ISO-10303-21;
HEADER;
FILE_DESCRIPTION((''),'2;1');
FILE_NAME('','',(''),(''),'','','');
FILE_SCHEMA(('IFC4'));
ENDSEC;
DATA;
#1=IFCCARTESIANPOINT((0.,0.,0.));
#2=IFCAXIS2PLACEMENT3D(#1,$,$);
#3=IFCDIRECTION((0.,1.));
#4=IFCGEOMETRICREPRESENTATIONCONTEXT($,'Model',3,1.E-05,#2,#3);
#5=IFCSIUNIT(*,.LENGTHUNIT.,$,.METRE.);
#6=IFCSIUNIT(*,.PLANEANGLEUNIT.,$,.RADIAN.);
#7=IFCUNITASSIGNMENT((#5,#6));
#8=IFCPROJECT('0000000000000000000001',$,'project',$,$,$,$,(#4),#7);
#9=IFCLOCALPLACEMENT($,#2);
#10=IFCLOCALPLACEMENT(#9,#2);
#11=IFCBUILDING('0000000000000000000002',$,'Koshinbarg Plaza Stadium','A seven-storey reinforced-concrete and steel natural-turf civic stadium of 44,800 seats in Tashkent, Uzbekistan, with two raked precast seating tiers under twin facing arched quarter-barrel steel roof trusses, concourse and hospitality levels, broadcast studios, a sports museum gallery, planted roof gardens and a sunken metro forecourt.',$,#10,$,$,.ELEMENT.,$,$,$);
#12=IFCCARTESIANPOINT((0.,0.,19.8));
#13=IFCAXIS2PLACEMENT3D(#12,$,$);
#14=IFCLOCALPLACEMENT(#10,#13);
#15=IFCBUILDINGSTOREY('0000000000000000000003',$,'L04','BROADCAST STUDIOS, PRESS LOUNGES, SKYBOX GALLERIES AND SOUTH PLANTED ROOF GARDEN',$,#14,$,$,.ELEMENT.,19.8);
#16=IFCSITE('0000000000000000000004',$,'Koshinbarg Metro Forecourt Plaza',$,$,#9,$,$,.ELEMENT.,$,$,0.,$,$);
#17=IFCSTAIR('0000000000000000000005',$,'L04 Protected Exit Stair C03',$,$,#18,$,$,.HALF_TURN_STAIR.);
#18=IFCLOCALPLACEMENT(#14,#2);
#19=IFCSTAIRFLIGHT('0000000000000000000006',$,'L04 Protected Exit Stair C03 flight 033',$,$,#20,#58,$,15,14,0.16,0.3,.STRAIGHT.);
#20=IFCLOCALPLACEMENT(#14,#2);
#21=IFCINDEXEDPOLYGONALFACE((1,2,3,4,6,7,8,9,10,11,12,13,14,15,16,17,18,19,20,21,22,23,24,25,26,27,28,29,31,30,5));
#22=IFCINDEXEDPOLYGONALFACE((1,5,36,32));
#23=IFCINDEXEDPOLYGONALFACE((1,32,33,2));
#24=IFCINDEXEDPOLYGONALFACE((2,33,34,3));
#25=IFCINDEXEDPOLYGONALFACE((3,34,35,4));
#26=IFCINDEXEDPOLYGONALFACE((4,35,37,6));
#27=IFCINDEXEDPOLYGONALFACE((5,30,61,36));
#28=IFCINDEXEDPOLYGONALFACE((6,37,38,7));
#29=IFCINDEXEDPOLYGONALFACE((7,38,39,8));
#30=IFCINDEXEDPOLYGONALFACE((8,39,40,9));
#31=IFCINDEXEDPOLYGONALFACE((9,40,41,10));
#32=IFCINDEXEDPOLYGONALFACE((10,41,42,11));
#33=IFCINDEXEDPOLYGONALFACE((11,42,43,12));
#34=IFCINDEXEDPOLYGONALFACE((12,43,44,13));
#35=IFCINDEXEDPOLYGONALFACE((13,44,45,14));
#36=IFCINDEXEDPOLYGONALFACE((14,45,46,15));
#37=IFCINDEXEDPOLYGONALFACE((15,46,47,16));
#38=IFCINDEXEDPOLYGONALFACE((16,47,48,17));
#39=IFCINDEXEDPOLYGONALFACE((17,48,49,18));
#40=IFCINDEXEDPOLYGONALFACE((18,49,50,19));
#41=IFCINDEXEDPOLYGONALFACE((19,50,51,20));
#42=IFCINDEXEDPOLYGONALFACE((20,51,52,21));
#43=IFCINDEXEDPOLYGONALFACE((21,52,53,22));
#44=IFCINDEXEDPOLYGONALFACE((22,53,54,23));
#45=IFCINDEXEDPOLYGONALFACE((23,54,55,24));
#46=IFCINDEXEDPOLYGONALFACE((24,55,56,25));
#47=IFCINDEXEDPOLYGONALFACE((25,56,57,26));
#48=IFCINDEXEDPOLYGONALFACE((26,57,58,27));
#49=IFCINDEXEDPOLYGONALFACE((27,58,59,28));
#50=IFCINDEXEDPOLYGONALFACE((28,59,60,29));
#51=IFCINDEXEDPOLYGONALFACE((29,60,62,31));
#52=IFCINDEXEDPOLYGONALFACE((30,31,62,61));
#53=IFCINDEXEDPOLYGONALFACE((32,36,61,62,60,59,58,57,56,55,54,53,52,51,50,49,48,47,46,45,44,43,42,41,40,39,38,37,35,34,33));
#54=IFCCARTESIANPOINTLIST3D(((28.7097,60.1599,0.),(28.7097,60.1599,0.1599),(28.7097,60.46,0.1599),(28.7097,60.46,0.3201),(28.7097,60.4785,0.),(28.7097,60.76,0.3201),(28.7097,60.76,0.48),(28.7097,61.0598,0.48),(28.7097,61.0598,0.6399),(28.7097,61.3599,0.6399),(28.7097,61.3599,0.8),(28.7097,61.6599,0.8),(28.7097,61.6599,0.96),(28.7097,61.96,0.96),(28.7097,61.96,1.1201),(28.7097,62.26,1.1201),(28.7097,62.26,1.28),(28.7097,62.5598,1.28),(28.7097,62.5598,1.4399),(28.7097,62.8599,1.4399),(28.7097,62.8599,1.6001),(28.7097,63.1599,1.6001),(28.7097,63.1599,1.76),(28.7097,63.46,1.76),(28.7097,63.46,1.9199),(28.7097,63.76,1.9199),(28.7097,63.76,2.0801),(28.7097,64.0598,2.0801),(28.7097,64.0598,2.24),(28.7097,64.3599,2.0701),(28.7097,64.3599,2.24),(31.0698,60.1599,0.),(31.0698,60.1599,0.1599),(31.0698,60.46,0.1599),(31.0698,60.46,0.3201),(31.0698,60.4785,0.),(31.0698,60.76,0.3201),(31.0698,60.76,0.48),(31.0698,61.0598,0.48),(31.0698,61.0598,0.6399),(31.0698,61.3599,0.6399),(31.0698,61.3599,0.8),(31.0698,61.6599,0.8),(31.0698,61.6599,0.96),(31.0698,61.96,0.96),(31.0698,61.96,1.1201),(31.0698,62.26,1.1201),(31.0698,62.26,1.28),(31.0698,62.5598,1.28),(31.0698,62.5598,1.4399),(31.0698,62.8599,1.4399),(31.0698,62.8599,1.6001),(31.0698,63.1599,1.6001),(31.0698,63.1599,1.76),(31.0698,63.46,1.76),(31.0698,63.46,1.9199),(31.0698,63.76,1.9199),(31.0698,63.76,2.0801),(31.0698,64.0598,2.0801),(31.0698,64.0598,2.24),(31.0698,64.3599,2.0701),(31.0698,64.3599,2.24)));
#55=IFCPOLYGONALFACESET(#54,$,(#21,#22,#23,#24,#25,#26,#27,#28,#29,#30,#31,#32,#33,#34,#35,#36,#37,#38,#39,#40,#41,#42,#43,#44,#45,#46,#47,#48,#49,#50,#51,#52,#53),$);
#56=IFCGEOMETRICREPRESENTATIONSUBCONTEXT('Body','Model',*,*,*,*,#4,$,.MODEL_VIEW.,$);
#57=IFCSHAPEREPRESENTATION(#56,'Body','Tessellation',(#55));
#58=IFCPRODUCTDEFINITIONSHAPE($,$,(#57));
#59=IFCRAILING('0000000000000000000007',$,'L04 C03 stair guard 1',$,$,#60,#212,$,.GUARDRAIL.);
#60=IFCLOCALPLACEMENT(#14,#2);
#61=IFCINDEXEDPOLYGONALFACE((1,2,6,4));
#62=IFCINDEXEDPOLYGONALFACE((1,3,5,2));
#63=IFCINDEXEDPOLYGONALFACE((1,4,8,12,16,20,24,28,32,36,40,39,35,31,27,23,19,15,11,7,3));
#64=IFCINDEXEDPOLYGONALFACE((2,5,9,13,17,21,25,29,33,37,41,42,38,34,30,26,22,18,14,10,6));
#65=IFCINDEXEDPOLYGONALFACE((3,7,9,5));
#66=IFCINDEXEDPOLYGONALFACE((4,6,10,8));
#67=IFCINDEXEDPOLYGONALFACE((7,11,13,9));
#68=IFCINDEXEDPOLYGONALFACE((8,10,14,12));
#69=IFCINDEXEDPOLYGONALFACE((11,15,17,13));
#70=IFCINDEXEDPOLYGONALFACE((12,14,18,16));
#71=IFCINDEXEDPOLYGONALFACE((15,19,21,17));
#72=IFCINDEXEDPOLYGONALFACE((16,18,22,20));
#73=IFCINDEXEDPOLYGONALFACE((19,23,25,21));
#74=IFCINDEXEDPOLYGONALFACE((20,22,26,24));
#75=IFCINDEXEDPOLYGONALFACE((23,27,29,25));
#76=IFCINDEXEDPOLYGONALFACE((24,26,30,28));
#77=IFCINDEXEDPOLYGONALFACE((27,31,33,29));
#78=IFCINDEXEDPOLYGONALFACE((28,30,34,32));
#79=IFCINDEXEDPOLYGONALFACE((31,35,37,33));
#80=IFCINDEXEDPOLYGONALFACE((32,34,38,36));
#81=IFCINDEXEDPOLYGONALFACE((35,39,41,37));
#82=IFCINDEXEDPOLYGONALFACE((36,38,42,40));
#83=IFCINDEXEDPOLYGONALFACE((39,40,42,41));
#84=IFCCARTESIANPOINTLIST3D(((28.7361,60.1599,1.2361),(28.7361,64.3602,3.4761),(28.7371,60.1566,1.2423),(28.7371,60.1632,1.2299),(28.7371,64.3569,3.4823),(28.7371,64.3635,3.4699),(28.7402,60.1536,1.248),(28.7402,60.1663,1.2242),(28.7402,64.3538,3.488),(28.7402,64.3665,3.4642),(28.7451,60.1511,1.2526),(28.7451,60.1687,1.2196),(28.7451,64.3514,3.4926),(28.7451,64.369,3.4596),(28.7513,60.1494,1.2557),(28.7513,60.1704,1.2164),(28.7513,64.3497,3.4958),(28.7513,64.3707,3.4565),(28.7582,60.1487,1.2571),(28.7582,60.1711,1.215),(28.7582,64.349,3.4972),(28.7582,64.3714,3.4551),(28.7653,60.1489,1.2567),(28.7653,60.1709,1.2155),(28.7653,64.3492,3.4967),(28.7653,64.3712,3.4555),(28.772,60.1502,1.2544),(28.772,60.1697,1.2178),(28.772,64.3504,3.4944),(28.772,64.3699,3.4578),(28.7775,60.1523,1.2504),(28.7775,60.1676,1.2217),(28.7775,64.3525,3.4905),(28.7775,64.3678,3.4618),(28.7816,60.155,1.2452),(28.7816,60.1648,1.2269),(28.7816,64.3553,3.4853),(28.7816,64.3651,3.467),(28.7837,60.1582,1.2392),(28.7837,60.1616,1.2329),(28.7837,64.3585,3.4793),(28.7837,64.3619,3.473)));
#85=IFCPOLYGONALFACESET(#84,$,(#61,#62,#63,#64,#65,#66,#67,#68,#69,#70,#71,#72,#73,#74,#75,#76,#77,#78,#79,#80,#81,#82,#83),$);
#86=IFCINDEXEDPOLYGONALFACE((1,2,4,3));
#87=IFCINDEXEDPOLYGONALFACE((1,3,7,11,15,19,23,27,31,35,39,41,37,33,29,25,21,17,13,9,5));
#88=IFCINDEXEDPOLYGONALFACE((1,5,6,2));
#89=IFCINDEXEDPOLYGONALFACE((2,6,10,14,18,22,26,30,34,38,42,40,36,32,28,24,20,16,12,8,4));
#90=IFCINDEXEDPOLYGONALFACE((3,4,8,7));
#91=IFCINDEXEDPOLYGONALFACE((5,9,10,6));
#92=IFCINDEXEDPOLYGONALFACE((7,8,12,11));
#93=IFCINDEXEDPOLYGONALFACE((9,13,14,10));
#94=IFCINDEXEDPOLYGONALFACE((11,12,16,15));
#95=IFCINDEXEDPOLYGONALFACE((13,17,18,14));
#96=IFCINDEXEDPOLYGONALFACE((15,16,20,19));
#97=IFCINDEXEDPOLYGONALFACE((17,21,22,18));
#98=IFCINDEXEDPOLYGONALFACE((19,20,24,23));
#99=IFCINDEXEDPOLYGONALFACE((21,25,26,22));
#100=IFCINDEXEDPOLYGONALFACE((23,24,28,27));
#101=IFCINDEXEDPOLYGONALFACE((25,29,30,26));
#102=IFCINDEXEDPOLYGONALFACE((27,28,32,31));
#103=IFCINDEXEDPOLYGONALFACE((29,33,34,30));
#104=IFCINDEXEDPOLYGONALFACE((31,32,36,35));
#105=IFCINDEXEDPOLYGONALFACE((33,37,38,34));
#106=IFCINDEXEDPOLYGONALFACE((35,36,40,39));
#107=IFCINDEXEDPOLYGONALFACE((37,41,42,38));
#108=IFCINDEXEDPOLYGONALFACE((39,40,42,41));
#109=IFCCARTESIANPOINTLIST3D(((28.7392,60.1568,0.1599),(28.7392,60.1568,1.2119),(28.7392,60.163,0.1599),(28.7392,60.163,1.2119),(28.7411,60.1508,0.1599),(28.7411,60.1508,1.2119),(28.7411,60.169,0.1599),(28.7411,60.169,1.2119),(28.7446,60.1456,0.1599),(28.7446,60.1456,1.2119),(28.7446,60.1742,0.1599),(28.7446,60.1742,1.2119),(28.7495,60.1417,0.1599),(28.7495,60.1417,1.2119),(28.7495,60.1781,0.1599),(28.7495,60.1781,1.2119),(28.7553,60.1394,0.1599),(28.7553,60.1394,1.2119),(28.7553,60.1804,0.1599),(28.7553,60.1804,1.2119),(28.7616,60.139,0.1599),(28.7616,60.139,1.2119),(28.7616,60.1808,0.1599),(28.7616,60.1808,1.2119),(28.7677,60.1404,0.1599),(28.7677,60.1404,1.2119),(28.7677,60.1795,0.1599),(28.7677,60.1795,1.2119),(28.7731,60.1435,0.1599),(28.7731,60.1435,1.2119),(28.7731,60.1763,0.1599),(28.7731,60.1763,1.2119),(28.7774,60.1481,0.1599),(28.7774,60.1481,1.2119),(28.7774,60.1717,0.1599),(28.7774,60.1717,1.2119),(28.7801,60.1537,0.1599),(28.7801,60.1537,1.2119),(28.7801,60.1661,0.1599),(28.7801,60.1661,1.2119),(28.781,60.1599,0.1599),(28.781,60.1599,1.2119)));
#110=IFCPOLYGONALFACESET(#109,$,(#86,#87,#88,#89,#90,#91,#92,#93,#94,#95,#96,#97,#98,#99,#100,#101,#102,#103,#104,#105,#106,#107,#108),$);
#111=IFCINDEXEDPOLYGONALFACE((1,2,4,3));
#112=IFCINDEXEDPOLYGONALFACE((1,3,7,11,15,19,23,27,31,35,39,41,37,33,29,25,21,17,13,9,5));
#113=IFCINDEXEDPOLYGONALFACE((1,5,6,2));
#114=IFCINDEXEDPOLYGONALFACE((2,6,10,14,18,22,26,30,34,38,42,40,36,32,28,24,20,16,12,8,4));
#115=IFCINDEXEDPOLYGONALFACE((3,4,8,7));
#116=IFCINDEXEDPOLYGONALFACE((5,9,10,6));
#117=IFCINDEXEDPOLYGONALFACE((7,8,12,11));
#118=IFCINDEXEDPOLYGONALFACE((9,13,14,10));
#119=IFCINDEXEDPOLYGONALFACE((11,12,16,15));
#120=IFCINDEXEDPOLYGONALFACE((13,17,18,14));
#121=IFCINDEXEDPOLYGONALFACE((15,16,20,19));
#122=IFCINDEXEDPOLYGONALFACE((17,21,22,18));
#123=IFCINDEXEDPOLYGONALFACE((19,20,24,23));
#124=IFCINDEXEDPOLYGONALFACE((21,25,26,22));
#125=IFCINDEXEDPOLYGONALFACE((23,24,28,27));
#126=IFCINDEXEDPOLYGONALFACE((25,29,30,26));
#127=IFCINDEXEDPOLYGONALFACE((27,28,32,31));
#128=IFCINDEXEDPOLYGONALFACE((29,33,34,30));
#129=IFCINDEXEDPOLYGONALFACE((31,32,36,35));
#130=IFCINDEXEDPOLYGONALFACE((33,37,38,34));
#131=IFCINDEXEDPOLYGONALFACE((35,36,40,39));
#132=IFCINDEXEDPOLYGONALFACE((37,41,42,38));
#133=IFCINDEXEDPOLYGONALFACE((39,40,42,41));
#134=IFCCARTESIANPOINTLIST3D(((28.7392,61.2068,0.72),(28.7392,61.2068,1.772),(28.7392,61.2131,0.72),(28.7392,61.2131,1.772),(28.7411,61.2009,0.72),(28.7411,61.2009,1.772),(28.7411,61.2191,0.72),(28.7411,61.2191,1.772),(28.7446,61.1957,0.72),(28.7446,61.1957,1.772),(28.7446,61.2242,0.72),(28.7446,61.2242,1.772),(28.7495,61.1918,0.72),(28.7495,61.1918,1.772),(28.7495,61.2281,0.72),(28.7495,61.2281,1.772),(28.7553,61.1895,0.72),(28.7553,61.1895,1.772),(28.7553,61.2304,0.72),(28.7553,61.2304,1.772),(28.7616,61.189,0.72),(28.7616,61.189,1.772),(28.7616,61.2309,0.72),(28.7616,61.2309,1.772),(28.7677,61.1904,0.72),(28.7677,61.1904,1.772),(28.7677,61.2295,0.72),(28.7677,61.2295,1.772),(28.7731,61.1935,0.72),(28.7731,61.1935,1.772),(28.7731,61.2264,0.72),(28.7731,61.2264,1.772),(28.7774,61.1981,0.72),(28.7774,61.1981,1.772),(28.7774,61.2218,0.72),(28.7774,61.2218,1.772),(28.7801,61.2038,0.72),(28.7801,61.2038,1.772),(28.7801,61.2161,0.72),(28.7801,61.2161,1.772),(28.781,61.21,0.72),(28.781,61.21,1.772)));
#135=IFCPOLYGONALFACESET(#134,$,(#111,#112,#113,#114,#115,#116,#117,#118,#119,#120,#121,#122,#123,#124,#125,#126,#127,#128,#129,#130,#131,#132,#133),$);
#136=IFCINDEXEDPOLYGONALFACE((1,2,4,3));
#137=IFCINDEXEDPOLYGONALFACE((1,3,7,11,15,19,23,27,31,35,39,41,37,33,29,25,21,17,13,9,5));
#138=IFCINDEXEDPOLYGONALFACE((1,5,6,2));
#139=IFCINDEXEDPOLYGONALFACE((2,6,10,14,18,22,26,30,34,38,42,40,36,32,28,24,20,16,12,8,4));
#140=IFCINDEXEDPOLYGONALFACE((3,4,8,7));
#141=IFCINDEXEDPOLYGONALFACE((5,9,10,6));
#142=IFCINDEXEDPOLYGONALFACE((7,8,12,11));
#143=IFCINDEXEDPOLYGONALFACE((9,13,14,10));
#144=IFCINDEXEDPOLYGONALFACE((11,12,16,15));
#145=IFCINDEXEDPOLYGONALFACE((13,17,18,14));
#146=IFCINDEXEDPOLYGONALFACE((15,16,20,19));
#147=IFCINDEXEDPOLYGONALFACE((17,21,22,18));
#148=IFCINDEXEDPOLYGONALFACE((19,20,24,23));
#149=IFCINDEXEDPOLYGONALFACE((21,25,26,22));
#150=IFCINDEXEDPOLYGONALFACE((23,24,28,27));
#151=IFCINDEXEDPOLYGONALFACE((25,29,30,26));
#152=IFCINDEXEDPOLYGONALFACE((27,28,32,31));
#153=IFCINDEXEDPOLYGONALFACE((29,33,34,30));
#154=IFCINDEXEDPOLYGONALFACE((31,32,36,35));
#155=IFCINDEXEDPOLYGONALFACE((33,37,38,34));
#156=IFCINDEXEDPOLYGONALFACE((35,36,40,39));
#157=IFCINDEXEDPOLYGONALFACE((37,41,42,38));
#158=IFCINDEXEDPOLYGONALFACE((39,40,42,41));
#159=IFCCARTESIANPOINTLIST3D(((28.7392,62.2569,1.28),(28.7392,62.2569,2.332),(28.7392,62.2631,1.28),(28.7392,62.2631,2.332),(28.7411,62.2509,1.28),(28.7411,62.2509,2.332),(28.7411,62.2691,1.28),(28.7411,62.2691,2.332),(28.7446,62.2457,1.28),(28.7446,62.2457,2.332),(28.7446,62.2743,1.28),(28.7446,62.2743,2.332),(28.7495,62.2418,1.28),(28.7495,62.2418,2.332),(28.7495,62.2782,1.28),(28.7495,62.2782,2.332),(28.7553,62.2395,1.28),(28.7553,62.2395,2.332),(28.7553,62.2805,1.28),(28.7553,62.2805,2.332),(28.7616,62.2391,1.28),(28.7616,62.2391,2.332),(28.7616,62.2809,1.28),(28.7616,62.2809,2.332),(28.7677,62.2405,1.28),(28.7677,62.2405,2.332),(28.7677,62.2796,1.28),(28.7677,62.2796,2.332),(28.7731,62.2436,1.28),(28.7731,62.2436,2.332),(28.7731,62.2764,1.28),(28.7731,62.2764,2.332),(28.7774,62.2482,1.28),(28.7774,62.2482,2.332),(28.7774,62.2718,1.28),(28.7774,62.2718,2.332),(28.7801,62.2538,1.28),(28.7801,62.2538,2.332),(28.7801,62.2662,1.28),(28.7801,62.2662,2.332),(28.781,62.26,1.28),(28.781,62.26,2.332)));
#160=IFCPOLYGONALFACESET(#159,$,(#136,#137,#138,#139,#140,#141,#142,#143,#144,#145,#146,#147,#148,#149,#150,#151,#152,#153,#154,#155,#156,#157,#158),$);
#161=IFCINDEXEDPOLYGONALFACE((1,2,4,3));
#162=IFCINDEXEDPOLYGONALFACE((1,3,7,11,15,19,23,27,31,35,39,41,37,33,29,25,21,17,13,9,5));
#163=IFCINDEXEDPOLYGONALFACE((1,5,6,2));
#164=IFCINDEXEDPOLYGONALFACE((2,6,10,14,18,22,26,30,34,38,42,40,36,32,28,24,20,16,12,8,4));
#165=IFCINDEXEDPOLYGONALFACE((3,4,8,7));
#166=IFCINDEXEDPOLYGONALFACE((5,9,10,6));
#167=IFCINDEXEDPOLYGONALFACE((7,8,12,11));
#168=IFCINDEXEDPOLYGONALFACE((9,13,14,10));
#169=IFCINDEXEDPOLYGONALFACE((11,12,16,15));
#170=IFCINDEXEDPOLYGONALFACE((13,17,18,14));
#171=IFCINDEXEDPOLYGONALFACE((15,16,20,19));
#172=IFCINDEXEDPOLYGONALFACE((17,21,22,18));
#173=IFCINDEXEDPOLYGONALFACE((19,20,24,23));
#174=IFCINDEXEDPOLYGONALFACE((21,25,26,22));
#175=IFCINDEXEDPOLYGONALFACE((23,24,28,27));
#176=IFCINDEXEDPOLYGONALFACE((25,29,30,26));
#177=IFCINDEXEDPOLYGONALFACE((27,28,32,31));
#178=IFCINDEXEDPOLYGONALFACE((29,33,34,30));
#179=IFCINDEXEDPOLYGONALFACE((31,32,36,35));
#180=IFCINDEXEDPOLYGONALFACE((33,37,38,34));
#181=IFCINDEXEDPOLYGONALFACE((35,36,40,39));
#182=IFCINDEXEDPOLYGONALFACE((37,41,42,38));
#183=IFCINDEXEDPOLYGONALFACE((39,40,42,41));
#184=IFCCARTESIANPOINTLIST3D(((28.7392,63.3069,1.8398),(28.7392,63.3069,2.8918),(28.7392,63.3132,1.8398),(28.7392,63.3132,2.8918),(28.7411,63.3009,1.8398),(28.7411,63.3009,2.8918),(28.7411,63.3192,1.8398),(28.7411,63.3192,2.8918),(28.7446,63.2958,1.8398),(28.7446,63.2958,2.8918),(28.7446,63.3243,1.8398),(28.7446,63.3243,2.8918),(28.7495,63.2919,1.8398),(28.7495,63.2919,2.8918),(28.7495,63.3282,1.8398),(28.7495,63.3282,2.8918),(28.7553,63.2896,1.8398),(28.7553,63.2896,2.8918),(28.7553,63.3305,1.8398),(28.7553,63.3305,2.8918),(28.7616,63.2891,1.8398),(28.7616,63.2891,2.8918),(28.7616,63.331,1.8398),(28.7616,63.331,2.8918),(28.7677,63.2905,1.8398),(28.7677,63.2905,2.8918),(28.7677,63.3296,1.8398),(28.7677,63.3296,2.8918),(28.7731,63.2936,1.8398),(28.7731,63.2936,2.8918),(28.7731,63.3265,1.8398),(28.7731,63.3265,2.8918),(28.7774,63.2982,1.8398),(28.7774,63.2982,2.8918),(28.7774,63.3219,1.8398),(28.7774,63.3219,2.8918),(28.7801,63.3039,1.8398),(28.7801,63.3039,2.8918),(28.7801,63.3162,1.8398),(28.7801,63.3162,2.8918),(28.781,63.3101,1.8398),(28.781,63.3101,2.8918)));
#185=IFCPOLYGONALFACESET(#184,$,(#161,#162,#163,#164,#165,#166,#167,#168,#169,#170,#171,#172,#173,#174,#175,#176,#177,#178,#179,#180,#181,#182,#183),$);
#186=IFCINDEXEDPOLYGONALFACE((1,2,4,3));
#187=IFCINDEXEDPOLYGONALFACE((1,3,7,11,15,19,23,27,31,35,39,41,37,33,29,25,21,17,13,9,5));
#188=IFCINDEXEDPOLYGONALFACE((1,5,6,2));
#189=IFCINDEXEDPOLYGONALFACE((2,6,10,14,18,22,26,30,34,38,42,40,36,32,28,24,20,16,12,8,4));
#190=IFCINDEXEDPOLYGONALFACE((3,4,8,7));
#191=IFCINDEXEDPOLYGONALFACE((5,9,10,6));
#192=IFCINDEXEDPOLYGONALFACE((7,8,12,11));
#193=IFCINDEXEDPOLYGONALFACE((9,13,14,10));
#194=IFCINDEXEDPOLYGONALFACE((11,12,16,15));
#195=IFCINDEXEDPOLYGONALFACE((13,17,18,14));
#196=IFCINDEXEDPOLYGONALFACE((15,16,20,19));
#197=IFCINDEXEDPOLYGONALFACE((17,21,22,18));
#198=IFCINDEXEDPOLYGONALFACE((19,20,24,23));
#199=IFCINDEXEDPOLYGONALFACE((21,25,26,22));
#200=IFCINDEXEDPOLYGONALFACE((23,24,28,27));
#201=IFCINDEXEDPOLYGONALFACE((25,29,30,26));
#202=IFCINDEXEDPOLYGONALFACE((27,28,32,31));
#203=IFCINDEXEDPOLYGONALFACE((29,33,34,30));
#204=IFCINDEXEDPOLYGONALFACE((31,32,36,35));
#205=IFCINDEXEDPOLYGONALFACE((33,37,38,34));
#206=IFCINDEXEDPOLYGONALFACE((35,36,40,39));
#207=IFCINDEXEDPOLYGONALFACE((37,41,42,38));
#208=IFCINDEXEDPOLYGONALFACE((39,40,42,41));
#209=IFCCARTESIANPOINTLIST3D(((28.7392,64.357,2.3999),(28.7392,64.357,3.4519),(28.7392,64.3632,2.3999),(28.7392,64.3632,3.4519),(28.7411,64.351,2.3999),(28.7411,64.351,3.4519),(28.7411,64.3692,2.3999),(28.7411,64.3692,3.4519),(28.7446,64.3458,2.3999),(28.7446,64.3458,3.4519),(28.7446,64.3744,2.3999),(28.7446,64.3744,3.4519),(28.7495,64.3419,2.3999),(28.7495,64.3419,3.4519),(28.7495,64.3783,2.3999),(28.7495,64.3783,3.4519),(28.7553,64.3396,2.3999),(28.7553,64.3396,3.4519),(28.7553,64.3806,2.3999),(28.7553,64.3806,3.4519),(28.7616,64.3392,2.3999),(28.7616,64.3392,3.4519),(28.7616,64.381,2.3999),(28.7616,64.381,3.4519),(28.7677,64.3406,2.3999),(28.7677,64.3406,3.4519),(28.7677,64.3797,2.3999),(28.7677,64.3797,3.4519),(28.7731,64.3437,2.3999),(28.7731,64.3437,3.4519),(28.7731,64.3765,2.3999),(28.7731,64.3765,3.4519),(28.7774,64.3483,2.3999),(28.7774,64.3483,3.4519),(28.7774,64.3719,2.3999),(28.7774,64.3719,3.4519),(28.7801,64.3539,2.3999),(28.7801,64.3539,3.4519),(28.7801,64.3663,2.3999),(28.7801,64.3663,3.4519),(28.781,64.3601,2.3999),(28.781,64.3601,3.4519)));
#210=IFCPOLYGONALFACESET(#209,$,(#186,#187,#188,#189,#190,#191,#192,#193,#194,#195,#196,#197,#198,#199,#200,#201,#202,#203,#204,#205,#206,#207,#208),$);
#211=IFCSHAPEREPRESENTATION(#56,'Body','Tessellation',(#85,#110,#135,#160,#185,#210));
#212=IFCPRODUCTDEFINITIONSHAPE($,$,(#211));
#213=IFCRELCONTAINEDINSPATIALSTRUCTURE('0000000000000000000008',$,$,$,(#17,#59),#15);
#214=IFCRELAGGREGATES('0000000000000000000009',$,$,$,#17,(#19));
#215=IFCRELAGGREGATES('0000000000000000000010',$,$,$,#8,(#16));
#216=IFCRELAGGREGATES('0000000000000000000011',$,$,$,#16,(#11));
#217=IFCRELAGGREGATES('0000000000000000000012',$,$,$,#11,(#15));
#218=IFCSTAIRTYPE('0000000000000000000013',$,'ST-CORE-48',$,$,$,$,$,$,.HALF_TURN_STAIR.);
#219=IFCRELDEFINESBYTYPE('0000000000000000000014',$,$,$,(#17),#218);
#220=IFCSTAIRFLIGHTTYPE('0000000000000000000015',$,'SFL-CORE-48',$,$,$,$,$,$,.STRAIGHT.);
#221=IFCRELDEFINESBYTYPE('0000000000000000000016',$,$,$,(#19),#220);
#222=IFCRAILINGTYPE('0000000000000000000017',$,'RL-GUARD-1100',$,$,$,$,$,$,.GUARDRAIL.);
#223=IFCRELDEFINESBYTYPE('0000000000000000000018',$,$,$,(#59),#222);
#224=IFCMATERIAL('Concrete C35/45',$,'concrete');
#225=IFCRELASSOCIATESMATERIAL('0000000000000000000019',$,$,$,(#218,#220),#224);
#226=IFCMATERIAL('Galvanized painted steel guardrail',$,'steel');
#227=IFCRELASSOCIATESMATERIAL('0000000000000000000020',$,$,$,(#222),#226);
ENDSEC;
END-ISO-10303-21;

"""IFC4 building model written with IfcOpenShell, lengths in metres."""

from ifc_helpers import new_model, si_unit, direction, frame, origin, origin_2d, place, context, subcontext, project, spatial, polyline, circle, outline, extrude, material, type_object, element, aggregate, save


model = new_model("IFC4")

# Units and contexts
model_context = context("Model", 3, precision=1e-05, world=origin(), true_north=direction((0.0, 1.0)))
body_context = subcontext(model_context, "Body", "Model", "MODEL_VIEW")
ifc_project = project(units=[si_unit("LENGTHUNIT", "METRE"), si_unit("PLANEANGLEUNIT", "RADIAN")], contexts=[model_context])

# Site, building, storey
site_placement = place(None, origin())
site = spatial("IfcSite", under=ifc_project, at=site_placement, Name="Koshinbarg Metro Forecourt Plaza", CompositionType="ELEMENT", RefElevation=0.0)
building_placement = place(site_placement, origin())
building = spatial("IfcBuilding", under=site, at=building_placement, Name="Koshinbarg Plaza Stadium", Description="A seven-storey reinforced-concrete and steel natural-turf civic stadium of 44,800 seats in Tashkent, Uzbekistan, with two raked precast seating tiers under twin facing arched quarter-barrel steel roof trusses, concourse and hospitality levels, broadcast studios, a sports museum gallery, planted roof gardens and a sunken metro forecourt.", CompositionType="ELEMENT")
storey_placement = place(building_placement, frame((0.0, 0.0, 19.8)))
storey = spatial("IfcBuildingStorey", under=building, at=storey_placement, Name="L04", Description="BROADCAST STUDIOS, PRESS LOUNGES, SKYBOX GALLERIES AND SOUTH PLANTED ROOF GARDEN", CompositionType="ELEMENT", Elevation=19.8)

# Stair, stair flight
ifc_material_1 = material(Name="Concrete C35/45", Category="concrete")
stair_type = type_object("IfcStairType", Name="ST-CORE-48", PredefinedType="HALF_TURN_STAIR", material=ifc_material_1)
stair_placement = place(storey_placement, origin())
stair = element("IfcStair", 1, at=stair_placement, inside=storey, type_object=stair_type, Name="L04 Protected Exit Stair C03", PredefinedType="HALF_TURN_STAIR")
stair_flight_type = type_object("IfcStairFlightType", Name="SFL-CORE-48", PredefinedType="STRAIGHT", material=ifc_material_1)
stair_flight_placement = place(storey_placement, frame((29.8899, 60.1599, 0.0), z_axis=(0.0, 0.0, 1.0), x_axis=(0.0, 1.0, 0.0)))
stair_flight = element("IfcStairFlight", 2, at=stair_flight_placement, type_object=stair_flight_type, Name="L04 Protected Exit Stair C03 flight 033", NumberOfRisers=15, NumberOfTreads=14, PredefinedType="STRAIGHT", RiserHeight=0.16, TreadLength=0.3, context=body_context, shape_type="SweptSolid", body=[
    extrude(outline(polyline([(0.0, 0.0), (0.0, 0.1599), (0.3, 0.1599), (0.3, 0.3201), (0.6001, 0.3201), (0.6001, 0.48), (0.8999, 0.48), (0.8999, 0.6399), (1.2, 0.6399), (1.2, 0.8), (1.5, 0.8), (1.5, 0.96), (1.8, 0.96), (1.8, 1.1201), (2.1001, 1.1201), (2.1001, 1.28), (2.3999, 1.28), (2.3999, 1.4399), (2.7, 1.4399), (2.7, 1.6001), (3.0, 1.6001), (3.0, 1.76), (3.3, 1.76), (3.3, 1.9199), (3.6001, 1.9199), (3.6001, 2.0801), (3.8999, 2.0801), (3.8999, 2.24), (4.2, 2.24), (4.2, 2.3999), (4.2, 2.0701), (0.3186, 0.0), (0.0, 0.0)])), frame((0.0, 1.1802, 0.0), z_axis=(0.0, -1.0, 0.0), x_axis=(1.0, 0.0, 0.0)), (0.0, 0.0, 1.0), 2.3601),
])
aggregate(stair, [stair_flight])

# Railing
ifc_material_2 = material(Name="Galvanized painted steel guardrail", Category="steel")
railing_type_1 = type_object("IfcRailingType", Name="RL-GUARD-1100", PredefinedType="GUARDRAIL", material=ifc_material_2)
railing_1_placement = place(storey_placement, frame((28.76, 60.1599, 0.1599)))
element("IfcRailing", 3, at=railing_1_placement, inside=storey, type_object=railing_type_1, Name="L04 C03 stair guard 1", PredefinedType="GUARDRAIL", context=body_context, shape_type="SweptSolid", body=[
    extrude(circle(Radius=0.0239, at=origin_2d()), frame((0.0, 0.0, 1.0762), z_axis=(0.0, 0.882363, 0.47057), x_axis=(-1.0, 0.0, 0.0)), (0.0, 0.0, 1.0), 4.7603),
    extrude(circle(Radius=0.021, at=origin_2d()), origin(), (0.0, 0.0, 1.0), 1.052),
    extrude(circle(Radius=0.021, at=origin_2d()), frame((0.0, 1.05, 0.5601)), (0.0, 0.0, 1.0), 1.052),
    extrude(circle(Radius=0.021, at=origin_2d()), frame((0.0, 2.1001, 1.1201)), (0.0, 0.0, 1.0), 1.052),
    extrude(circle(Radius=0.021, at=origin_2d()), frame((0.0, 3.1501, 1.6799)), (0.0, 0.0, 1.0), 1.052),
    extrude(circle(Radius=0.021, at=origin_2d()), frame((0.0, 4.2002, 2.24)), (0.0, 0.0, 1.0), 1.052),
])

save(model, "model.ifc")
